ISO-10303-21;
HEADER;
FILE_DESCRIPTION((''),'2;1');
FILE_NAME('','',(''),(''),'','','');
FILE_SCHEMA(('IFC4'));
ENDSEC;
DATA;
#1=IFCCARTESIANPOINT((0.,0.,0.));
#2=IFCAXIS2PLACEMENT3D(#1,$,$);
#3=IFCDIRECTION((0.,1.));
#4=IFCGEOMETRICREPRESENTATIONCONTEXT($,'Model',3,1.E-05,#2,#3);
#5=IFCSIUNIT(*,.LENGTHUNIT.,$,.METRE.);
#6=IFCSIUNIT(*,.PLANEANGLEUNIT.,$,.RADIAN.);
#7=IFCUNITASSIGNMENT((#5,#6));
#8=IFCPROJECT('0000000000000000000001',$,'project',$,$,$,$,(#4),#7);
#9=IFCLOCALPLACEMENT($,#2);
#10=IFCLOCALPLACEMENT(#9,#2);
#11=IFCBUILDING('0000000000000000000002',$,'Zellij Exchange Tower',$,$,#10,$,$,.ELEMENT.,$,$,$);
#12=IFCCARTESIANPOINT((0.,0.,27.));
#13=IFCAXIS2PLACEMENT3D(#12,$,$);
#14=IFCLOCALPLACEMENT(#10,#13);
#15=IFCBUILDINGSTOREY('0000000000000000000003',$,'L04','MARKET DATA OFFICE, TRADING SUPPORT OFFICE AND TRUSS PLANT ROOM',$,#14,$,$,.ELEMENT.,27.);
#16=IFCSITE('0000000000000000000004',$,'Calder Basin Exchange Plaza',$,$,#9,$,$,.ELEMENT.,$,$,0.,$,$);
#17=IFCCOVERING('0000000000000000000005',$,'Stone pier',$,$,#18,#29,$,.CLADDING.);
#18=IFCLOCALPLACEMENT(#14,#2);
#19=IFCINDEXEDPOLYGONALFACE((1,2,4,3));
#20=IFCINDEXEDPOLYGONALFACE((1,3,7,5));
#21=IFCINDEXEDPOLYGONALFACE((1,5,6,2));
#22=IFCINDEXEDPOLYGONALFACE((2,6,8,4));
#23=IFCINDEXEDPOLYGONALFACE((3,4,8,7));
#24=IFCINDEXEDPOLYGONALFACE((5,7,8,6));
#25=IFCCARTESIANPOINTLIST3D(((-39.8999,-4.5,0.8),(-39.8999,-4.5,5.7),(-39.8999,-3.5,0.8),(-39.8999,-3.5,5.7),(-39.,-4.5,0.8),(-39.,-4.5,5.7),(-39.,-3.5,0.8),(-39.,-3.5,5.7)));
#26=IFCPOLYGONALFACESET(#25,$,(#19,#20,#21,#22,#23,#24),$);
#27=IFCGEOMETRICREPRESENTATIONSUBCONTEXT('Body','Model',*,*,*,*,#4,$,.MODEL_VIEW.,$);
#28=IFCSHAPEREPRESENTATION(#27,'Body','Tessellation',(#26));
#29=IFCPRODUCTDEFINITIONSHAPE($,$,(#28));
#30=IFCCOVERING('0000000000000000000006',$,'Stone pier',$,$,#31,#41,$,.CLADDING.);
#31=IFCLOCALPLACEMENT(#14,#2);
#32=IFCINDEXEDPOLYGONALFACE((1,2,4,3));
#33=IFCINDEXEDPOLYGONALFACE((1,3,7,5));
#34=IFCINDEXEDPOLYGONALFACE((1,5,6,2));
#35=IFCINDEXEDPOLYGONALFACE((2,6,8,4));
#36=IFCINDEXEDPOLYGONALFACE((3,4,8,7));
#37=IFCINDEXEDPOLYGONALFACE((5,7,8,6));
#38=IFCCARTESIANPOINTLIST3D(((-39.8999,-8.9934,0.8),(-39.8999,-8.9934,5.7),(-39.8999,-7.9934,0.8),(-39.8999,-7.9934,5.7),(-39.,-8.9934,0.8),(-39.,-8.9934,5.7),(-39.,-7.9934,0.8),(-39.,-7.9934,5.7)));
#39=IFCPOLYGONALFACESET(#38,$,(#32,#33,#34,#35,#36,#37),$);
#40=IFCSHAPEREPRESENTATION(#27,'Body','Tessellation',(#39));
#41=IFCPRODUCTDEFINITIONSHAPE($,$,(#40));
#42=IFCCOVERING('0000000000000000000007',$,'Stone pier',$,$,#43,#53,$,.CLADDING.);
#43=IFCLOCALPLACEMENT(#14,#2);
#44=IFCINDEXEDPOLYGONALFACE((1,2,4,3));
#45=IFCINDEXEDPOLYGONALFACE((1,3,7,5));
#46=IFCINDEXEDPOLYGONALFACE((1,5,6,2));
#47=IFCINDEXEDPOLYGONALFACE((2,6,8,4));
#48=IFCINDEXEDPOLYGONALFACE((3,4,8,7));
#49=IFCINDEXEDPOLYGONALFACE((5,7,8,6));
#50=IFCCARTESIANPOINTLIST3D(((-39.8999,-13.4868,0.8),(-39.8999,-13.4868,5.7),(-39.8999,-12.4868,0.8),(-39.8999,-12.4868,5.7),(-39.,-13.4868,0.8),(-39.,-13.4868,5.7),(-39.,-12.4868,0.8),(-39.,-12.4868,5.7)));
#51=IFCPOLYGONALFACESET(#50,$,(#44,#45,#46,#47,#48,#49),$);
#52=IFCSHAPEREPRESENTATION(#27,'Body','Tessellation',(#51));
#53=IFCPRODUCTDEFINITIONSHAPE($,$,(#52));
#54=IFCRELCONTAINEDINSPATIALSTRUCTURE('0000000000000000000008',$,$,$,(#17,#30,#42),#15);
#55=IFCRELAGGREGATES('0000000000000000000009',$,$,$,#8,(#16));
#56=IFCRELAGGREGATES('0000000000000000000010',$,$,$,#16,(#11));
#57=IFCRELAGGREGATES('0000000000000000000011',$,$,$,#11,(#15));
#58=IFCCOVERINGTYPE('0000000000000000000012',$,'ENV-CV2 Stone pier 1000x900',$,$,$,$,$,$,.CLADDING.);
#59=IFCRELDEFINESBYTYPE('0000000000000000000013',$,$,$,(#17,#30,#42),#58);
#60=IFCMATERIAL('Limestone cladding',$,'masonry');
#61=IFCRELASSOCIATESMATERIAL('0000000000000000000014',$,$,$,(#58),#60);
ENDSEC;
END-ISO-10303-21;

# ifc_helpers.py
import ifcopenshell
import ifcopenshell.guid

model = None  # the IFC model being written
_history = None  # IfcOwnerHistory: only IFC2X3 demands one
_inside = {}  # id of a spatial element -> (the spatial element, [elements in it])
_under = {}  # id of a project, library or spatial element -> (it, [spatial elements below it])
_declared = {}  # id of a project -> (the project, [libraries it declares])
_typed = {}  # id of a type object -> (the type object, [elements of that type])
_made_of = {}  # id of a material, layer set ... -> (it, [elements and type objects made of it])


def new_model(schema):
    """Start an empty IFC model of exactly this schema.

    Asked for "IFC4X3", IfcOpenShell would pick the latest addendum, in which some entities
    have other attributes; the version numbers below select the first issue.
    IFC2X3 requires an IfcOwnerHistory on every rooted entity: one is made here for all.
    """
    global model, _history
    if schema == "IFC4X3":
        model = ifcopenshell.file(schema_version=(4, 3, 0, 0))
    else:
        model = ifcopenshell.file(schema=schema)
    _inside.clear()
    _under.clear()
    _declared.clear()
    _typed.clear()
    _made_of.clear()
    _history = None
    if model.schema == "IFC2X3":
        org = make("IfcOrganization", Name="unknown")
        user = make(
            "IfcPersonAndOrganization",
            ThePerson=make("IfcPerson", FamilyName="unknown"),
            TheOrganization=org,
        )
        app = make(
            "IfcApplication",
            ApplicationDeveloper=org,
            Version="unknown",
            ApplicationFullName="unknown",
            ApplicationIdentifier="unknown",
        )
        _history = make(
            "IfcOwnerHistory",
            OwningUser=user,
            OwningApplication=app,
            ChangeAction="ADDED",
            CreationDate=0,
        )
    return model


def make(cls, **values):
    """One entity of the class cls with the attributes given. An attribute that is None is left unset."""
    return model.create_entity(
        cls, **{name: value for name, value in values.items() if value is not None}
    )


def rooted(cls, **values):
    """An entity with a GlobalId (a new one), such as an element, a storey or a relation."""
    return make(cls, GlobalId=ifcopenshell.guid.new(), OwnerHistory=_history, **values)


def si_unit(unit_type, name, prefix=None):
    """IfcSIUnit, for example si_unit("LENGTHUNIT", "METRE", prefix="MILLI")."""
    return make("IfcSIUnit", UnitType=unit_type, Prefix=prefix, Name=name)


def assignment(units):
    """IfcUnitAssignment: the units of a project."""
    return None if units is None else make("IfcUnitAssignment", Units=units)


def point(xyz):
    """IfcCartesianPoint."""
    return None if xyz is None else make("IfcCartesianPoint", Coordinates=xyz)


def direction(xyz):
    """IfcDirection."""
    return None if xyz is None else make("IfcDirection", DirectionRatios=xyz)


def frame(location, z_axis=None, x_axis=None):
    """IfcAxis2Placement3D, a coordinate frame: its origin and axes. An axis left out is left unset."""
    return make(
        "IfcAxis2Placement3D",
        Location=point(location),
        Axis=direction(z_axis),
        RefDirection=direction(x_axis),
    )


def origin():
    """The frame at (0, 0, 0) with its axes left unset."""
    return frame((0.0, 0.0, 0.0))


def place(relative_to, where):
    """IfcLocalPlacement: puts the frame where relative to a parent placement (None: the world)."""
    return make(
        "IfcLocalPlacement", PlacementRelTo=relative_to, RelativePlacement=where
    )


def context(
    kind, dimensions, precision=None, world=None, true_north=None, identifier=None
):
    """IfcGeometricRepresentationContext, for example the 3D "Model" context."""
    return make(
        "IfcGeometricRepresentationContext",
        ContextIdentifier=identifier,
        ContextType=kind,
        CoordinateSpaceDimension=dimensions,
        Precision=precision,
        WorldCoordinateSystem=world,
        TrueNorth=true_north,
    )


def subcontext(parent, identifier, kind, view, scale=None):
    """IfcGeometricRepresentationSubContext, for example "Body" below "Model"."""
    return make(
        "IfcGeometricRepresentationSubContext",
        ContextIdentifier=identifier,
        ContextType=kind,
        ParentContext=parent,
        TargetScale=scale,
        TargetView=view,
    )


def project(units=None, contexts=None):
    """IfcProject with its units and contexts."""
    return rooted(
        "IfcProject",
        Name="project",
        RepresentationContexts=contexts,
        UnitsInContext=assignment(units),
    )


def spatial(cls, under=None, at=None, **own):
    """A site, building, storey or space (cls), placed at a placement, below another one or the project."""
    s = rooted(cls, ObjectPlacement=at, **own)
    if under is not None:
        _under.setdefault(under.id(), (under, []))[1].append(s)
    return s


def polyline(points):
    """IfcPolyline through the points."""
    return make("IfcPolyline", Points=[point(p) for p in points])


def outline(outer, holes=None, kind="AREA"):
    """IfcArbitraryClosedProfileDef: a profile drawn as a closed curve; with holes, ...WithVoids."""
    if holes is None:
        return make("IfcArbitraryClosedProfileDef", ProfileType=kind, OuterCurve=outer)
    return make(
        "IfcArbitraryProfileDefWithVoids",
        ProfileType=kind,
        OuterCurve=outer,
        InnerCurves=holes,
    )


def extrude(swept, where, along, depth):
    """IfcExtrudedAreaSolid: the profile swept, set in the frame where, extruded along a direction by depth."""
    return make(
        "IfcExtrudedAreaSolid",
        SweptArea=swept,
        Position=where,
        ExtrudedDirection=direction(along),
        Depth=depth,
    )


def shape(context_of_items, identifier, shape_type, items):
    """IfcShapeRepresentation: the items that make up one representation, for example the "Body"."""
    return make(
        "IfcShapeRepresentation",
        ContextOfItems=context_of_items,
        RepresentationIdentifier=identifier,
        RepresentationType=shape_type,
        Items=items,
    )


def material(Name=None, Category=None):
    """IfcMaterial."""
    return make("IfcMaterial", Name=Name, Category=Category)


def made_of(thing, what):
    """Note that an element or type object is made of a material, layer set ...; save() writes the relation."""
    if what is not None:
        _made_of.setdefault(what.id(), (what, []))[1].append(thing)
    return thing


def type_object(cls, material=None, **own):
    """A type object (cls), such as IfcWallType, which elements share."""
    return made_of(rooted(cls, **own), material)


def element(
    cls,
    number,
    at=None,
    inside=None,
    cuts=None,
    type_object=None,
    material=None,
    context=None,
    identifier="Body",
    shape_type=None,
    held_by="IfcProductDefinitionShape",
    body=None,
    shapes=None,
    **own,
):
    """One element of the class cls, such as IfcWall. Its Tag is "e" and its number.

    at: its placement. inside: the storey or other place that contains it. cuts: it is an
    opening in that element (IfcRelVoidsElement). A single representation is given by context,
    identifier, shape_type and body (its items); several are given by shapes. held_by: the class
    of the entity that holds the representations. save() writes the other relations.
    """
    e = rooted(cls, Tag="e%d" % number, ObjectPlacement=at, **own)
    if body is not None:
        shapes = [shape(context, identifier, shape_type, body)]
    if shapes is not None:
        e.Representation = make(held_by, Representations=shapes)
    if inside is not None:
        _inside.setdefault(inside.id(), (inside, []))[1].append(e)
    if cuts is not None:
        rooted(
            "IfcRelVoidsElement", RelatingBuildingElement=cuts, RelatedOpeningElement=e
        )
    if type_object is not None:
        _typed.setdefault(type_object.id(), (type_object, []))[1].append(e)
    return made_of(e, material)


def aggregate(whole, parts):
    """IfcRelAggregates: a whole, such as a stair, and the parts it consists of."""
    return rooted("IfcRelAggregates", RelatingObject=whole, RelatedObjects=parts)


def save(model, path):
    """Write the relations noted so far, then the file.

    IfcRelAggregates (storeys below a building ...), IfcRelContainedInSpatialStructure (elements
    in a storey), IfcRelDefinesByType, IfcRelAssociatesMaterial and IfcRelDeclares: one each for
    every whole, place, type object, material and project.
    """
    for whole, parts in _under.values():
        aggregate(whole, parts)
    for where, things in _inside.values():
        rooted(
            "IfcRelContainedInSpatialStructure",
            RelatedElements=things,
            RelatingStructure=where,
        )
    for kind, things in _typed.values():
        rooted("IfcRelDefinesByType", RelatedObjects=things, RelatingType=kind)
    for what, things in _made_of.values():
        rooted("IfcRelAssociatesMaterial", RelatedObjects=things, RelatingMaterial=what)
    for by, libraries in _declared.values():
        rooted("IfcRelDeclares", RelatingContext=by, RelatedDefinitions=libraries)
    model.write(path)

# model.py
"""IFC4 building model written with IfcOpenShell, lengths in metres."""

from ifc_helpers import new_model, si_unit, direction, frame, origin, place, context, subcontext, project, spatial, polyline, outline, extrude, material, type_object, element, save


model = new_model("IFC4")

# Units and contexts
model_context = context("Model", 3, precision=1e-05, world=origin(), true_north=direction((0.0, 1.0)))
body_context = subcontext(model_context, "Body", "Model", "MODEL_VIEW")
ifc_project = project(units=[si_unit("LENGTHUNIT", "METRE"), si_unit("PLANEANGLEUNIT", "RADIAN")], contexts=[model_context])

# Site, building, storey
site_placement = place(None, origin())
site = spatial("IfcSite", under=ifc_project, at=site_placement, Name="Calder Basin Exchange Plaza", CompositionType="ELEMENT", RefElevation=0.0)
building_placement = place(site_placement, origin())
building = spatial("IfcBuilding", under=site, at=building_placement, Name="Zellij Exchange Tower", CompositionType="ELEMENT")
storey_placement = place(building_placement, frame((0.0, 0.0, 27.0)))
storey = spatial("IfcBuildingStorey", under=building, at=storey_placement, Name="L04", Description="MARKET DATA OFFICE, TRADING SUPPORT OFFICE AND TRUSS PLANT ROOM", CompositionType="ELEMENT", Elevation=27.0)

# Coverings
ifc_material_1 = material(Name="Limestone cladding", Category="masonry")
covering_type_1 = type_object("IfcCoveringType", Name="ENV-CV2 Stone pier 1000x900", PredefinedType="CLADDING", material=ifc_material_1)
covering_1_placement = place(storey_placement, frame((0.0, 0.0, 0.8)))
element("IfcCovering", 1, at=covering_1_placement, inside=storey, type_object=covering_type_1, Name="Stone pier", PredefinedType="CLADDING", context=body_context, shape_type="SweptSolid", body=[
    extrude(outline(polyline([(-39.0, -3.5), (-39.0, -4.5), (-39.8999, -4.5), (-39.8999, -3.5), (-39.0, -3.5)])), origin(), (0.0, 0.0, 1.0), 4.8999),
])
covering_2_placement = place(storey_placement, frame((0.0, 0.0, 0.8)))
element("IfcCovering", 2, at=covering_2_placement, inside=storey, type_object=covering_type_1, Name="Stone pier", PredefinedType="CLADDING", context=body_context, shape_type="SweptSolid", body=[
    extrude(outline(polyline([(-39.0, -7.9934), (-39.0, -8.9934), (-39.8999, -8.9934), (-39.8999, -7.9934), (-39.0, -7.9934)])), origin(), (0.0, 0.0, 1.0), 4.8999),
])
covering_3_placement = place(storey_placement, frame((0.0, 0.0, 0.8)))
element("IfcCovering", 3, at=covering_3_placement, inside=storey, type_object=covering_type_1, Name="Stone pier", PredefinedType="CLADDING", context=body_context, shape_type="SweptSolid", body=[
    extrude(outline(polyline([(-39.0, -12.4868), (-39.0, -13.4868), (-39.8999, -13.4868), (-39.8999, -12.4868), (-39.0, -12.4868)])), origin(), (0.0, 0.0, 1.0), 4.8999),
])

save(model, "model.ifc")
